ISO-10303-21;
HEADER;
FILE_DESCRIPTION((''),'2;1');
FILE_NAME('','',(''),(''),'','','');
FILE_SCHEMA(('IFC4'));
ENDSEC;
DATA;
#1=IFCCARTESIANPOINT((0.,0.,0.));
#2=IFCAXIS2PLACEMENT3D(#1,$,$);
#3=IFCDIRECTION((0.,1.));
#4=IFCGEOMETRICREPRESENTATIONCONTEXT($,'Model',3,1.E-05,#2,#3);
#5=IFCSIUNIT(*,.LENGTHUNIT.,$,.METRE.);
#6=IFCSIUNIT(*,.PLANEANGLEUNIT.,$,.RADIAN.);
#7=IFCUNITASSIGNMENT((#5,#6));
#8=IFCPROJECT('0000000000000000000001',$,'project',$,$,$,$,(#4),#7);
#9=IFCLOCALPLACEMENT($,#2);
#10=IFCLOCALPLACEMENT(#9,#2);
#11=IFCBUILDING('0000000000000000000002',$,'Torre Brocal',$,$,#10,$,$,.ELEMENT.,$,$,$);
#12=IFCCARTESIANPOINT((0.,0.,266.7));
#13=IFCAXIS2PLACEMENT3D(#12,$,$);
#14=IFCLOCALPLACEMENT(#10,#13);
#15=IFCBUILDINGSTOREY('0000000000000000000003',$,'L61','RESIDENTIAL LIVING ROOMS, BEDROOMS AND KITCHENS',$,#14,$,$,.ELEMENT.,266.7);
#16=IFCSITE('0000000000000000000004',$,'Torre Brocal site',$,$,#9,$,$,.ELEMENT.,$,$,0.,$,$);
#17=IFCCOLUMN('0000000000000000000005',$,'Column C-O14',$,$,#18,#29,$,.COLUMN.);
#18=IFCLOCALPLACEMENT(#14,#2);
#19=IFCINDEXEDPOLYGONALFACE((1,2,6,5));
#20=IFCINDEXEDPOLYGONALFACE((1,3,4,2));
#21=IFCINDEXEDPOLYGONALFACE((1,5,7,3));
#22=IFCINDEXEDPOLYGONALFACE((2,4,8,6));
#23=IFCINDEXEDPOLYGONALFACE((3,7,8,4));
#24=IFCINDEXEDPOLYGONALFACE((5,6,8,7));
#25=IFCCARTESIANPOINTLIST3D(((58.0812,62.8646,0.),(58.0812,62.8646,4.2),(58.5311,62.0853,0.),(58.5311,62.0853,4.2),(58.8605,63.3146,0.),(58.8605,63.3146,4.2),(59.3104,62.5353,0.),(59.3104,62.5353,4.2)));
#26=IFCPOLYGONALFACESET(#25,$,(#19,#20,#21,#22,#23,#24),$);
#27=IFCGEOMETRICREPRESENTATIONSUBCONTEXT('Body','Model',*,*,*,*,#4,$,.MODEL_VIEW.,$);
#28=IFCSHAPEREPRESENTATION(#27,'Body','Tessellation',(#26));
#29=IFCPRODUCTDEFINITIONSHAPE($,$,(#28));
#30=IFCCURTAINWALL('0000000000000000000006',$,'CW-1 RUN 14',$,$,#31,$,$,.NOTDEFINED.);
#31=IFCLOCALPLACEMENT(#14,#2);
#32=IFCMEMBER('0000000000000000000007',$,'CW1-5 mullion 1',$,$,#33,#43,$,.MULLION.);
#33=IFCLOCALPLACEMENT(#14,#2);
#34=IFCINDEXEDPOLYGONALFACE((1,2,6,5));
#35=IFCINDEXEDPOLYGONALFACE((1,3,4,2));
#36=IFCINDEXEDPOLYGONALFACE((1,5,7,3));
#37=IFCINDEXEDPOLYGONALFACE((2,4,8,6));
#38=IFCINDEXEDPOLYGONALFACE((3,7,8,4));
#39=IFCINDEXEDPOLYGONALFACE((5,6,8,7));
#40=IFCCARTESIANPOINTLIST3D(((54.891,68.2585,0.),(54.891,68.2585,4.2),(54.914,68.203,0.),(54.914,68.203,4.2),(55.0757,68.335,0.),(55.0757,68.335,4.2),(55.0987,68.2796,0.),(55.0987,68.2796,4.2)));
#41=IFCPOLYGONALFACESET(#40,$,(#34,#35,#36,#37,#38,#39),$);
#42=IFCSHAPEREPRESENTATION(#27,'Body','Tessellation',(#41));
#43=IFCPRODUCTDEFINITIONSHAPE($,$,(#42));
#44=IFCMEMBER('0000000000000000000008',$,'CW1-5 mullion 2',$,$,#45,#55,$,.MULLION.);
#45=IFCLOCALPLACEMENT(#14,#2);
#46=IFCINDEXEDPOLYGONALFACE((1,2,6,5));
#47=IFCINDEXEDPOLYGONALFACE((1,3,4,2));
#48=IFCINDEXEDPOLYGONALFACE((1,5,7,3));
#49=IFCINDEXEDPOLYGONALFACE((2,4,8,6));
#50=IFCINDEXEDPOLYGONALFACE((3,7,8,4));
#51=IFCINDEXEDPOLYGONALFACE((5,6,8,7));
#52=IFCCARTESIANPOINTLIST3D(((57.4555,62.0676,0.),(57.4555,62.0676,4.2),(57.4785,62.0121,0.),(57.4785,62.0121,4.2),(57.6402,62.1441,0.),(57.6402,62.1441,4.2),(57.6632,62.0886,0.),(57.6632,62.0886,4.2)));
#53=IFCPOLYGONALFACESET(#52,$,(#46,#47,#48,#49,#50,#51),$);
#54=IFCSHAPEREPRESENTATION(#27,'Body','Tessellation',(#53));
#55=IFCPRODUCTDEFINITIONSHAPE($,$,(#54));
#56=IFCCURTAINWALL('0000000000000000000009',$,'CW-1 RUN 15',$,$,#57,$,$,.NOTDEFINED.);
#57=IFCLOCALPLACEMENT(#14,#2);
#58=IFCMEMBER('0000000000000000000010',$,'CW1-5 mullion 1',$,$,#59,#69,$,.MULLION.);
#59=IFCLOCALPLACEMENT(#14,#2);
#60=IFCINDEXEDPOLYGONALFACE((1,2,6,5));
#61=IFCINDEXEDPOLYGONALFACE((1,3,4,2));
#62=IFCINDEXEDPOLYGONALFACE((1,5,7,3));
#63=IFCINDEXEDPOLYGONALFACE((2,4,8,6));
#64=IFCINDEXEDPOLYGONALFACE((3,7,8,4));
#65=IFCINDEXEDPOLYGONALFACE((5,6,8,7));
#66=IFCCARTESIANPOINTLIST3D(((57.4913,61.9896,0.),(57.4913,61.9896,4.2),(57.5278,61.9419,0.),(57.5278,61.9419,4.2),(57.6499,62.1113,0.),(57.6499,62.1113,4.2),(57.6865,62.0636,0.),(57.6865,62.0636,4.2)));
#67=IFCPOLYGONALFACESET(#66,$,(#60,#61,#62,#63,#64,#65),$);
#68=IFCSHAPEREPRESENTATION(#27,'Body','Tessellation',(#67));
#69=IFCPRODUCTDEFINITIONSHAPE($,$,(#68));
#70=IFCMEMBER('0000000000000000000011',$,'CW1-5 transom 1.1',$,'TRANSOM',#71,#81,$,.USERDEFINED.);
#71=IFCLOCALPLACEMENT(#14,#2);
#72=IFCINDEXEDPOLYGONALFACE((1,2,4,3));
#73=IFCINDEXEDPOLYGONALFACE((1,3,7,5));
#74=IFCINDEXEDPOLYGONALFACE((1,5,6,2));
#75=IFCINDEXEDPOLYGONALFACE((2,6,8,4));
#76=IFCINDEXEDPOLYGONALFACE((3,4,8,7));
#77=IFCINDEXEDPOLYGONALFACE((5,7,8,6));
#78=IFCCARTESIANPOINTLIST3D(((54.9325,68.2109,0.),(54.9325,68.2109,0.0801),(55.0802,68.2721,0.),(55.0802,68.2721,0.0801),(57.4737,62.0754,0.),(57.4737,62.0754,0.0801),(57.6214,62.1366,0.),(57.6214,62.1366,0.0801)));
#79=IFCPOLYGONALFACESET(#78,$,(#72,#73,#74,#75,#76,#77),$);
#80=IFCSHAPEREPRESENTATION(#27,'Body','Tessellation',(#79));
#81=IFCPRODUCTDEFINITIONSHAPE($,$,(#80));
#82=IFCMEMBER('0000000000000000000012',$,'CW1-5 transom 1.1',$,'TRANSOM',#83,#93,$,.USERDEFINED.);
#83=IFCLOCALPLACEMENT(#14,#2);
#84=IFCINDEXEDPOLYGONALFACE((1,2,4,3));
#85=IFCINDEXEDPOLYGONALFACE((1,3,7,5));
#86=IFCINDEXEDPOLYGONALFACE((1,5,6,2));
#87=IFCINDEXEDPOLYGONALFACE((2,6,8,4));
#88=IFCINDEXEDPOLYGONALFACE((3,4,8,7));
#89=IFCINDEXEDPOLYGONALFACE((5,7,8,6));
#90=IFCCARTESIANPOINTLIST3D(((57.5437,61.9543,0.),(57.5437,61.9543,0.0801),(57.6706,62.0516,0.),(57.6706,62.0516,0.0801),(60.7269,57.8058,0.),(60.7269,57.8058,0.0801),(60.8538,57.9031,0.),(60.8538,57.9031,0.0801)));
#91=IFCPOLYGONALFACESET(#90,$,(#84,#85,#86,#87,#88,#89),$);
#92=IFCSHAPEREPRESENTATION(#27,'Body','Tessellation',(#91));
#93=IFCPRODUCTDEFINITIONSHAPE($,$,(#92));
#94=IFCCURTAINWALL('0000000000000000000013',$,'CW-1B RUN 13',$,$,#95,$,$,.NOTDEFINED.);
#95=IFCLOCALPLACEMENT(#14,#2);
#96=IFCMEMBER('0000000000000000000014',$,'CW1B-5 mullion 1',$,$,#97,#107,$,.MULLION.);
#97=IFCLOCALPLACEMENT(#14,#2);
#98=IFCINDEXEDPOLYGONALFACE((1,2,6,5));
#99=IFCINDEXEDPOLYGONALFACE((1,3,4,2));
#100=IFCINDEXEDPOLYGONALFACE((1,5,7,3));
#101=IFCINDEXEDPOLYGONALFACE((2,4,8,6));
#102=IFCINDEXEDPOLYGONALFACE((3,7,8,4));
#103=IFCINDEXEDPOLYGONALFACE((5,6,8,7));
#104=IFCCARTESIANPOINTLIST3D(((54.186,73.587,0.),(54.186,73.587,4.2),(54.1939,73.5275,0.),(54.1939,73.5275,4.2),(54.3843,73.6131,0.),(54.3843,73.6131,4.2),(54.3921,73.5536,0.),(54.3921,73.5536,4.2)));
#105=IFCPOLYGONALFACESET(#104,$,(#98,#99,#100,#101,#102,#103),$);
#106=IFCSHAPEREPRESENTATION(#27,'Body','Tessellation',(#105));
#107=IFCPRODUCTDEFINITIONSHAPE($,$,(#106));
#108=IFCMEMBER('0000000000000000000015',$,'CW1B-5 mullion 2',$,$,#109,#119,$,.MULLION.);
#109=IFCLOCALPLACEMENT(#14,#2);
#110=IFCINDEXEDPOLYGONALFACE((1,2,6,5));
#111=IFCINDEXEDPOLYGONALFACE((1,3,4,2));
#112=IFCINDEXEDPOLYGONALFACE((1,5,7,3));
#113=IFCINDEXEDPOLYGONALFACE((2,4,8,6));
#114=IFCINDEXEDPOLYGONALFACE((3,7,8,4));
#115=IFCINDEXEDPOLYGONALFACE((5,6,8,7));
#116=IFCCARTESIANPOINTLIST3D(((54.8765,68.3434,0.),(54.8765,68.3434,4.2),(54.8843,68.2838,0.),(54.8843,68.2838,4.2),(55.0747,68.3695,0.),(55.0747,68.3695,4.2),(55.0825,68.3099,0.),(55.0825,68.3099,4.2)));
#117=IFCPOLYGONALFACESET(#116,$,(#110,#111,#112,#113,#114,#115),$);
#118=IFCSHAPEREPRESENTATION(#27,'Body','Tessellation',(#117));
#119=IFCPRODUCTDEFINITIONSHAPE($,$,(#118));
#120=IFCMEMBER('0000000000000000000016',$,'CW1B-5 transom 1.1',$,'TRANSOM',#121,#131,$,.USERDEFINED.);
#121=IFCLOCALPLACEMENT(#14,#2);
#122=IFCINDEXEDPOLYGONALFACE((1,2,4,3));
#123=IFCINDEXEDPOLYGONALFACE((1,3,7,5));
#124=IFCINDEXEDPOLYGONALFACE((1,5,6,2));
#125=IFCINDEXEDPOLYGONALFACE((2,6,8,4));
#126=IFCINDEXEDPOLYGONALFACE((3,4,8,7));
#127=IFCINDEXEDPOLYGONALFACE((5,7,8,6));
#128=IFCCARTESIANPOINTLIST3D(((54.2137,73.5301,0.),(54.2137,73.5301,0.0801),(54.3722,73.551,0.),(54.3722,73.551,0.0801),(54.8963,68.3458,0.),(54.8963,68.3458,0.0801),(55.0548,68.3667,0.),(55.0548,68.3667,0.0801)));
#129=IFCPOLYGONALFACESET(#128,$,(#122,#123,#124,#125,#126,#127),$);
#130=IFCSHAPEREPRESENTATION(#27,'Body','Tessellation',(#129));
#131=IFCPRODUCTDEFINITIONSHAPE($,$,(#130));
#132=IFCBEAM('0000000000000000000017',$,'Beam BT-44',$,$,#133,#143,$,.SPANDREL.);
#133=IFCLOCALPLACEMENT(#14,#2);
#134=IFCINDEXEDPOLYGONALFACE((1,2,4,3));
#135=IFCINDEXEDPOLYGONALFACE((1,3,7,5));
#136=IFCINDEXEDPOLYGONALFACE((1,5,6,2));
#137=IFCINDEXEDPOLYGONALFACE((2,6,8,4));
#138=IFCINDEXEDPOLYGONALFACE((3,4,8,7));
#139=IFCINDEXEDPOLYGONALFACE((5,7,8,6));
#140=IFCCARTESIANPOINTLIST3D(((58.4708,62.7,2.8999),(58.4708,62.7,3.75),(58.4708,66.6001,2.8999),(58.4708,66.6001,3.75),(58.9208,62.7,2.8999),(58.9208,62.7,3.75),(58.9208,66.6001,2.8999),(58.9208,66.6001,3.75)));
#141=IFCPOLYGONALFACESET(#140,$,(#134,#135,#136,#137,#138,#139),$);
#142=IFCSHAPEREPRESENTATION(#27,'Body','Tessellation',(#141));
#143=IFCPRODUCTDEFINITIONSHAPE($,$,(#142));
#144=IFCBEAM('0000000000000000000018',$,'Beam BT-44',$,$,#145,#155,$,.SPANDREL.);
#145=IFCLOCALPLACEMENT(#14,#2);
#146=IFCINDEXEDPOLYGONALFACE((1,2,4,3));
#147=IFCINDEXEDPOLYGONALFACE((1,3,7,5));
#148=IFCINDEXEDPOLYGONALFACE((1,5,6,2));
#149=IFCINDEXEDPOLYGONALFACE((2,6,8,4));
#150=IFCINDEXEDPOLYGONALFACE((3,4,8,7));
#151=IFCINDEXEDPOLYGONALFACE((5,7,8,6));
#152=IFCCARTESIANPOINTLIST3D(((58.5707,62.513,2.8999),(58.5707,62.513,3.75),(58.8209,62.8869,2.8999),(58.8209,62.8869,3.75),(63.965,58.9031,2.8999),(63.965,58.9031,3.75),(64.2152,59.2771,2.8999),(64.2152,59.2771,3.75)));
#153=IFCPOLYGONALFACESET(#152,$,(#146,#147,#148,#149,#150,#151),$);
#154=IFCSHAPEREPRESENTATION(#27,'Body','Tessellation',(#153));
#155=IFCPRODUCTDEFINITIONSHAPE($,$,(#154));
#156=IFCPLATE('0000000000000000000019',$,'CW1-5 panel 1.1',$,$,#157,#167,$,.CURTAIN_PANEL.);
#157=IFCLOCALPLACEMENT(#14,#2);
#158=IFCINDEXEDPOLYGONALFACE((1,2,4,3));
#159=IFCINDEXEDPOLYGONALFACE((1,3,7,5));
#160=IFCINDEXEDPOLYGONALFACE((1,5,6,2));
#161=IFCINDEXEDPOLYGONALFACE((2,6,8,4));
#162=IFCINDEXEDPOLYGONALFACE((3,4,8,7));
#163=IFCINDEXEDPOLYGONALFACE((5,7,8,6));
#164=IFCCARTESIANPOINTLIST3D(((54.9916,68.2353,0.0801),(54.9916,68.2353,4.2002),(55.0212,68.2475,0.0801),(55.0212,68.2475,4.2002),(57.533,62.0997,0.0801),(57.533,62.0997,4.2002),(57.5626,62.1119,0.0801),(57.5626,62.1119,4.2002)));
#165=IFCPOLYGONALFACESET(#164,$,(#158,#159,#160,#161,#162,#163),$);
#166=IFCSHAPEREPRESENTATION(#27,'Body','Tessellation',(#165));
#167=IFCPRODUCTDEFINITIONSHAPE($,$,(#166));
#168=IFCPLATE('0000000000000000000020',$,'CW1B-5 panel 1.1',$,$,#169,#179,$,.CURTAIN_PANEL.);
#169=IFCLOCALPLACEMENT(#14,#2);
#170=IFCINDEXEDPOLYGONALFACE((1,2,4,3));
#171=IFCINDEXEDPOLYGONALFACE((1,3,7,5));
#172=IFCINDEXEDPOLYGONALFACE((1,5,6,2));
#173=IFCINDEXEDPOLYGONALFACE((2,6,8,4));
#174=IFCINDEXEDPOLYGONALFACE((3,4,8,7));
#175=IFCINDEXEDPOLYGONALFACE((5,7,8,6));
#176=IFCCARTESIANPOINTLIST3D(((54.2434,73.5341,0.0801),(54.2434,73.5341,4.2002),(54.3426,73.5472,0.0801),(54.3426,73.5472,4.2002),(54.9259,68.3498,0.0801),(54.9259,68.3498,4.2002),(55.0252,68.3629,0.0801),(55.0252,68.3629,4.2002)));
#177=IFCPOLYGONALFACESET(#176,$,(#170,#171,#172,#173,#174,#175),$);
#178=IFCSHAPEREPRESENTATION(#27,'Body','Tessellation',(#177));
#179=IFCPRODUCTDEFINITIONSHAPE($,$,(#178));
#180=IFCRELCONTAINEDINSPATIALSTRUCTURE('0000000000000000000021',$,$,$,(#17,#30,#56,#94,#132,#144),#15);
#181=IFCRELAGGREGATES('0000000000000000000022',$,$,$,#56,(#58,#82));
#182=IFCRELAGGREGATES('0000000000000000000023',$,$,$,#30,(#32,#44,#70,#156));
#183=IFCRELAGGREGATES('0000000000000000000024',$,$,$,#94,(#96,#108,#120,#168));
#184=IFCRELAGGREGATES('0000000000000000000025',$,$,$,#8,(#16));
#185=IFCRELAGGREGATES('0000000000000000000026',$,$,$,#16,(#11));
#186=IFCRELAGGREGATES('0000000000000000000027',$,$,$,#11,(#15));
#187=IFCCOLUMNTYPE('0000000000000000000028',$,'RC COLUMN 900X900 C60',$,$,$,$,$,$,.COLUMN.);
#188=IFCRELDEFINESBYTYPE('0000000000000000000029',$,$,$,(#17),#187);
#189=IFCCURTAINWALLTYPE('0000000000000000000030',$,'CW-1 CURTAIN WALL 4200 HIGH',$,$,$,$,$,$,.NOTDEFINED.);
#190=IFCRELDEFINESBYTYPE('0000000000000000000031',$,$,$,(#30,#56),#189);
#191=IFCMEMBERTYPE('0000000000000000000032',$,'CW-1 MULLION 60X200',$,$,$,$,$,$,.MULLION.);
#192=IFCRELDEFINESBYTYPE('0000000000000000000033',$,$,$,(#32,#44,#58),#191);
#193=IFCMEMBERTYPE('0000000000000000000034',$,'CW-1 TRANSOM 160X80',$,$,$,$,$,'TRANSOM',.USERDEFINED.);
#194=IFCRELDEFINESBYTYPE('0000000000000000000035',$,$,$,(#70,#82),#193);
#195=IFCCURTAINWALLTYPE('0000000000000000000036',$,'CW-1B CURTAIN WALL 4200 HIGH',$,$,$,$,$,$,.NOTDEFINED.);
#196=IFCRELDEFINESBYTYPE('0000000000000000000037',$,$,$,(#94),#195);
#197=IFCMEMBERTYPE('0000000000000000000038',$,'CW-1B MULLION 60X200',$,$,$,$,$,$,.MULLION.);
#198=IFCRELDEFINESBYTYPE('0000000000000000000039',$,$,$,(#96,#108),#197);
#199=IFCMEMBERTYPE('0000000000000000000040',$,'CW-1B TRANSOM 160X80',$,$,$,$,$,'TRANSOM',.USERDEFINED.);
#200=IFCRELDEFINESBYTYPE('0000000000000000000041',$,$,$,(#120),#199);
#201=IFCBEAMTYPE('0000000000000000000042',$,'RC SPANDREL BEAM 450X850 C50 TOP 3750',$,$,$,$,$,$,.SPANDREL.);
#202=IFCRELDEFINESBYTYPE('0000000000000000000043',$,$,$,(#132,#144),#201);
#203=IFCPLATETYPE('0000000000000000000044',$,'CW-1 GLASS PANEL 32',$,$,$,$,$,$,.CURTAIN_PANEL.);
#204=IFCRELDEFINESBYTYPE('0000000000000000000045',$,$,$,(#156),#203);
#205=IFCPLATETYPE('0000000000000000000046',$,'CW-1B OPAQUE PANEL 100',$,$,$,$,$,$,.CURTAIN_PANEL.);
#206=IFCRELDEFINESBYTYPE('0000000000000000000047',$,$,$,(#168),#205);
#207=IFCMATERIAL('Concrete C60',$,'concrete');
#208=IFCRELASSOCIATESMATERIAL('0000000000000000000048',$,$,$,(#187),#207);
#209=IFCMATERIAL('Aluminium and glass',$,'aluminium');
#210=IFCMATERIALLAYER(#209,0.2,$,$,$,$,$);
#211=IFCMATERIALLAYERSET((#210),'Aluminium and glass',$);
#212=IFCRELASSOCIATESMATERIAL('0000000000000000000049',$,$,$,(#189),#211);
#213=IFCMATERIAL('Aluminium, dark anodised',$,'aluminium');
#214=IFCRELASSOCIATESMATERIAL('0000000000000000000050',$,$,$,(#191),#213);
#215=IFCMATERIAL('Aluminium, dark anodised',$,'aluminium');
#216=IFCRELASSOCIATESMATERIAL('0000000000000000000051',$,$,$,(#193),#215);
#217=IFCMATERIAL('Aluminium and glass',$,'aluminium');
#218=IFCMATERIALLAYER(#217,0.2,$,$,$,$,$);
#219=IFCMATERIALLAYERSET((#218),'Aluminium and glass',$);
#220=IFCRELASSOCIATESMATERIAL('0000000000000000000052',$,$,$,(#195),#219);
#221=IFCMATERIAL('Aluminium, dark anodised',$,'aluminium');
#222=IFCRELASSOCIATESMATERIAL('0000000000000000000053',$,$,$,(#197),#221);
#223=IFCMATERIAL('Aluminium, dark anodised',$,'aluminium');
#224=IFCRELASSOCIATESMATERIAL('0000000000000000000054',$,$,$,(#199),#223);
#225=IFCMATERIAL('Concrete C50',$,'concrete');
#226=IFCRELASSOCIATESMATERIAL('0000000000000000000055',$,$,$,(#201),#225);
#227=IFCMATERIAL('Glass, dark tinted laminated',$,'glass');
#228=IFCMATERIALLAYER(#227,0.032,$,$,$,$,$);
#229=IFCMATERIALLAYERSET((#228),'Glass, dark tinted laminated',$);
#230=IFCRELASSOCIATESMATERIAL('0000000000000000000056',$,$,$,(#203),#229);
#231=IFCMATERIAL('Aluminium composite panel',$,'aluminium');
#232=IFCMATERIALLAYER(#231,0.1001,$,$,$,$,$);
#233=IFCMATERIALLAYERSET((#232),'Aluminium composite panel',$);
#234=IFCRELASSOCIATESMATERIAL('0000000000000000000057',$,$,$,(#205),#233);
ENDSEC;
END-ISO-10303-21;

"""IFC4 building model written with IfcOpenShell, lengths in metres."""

from ifc_helpers import new_model, si_unit, direction, frame, origin, origin_2d, place, context, subcontext, project, spatial, rectangle, extrude, material, layer, layer_set, material_profile, profile_set, type_object, element, aggregate, save


model = new_model("IFC4")

# Units and contexts
model_context = context("Model", 3, precision=1e-05, world=origin(), true_north=direction((0.0, 1.0)))
body_context = subcontext(model_context, "Body", "Model", "MODEL_VIEW")
ifc_project = project(units=[si_unit("LENGTHUNIT", "METRE"), si_unit("PLANEANGLEUNIT", "RADIAN")], contexts=[model_context])

# Site, building, storey
site_placement = place(None, origin())
site = spatial("IfcSite", under=ifc_project, at=site_placement, Name="Torre Brocal site", CompositionType="ELEMENT", RefElevation=0.0)
building_placement = place(site_placement, origin())
building = spatial("IfcBuilding", under=site, at=building_placement, Name="Torre Brocal", CompositionType="ELEMENT")
storey_placement = place(building_placement, frame((0.0, 0.0, 266.7)))
storey = spatial("IfcBuildingStorey", under=building, at=storey_placement, Name="L61", Description="RESIDENTIAL LIVING ROOMS, BEDROOMS AND KITCHENS", CompositionType="ELEMENT", Elevation=266.7)

# Column
ifc_material_1 = material(Name="Concrete C60", Category="concrete")
ifc_material_profile_1 = material_profile(ifc_material_1, rectangle(XDim=0.8999, YDim=0.8999, at=origin_2d()), Name="RC 900X900")
ifc_profile_set_1 = profile_set([ifc_material_profile_1], Name="Concrete C60")
column_type = type_object("IfcColumnType", Name="RC COLUMN 900X900 C60", PredefinedType="COLUMN", material=ifc_profile_set_1)
column_placement = place(storey_placement, frame((58.6958, 62.7, 0.0), z_axis=(0.0, 0.0, 1.0), x_axis=(-0.866025, -0.5, 0.0)))
element("IfcColumn", 1, at=column_placement, inside=storey, type_object=column_type, Name="Column C-O14", PredefinedType="COLUMN", context=body_context, shape_type="SweptSolid", body=[
    extrude(rectangle(XDim=0.8999, YDim=0.8999, at=origin_2d()), origin(), (0.0, 0.0, 1.0), 4.2),
])

# Curtain wall, members
ifc_material_2 = material(Name="Aluminium and glass", Category="aluminium")
ifc_layer_1 = layer(ifc_material_2, 0.2)
ifc_layer_set_1 = layer_set([ifc_layer_1], Name="Aluminium and glass")
curtain_wall_type_1 = type_object("IfcCurtainWallType", Name="CW-1 CURTAIN WALL 4200 HIGH", PredefinedType="NOTDEFINED", material=ifc_layer_set_1)
curtain_wall_1_placement = place(storey_placement, origin())
curtain_wall_1 = element("IfcCurtainWall", 2, at=curtain_wall_1_placement, inside=storey, type_object=curtain_wall_type_1, Name="CW-1 RUN 14", PredefinedType="NOTDEFINED")
ifc_material_3 = material(Name="Aluminium, dark anodised", Category="aluminium")
ifc_material_profile_2 = material_profile(ifc_material_3, rectangle(XDim=0.2, YDim=0.0601, at=origin_2d()), Name="CW-1 MULLION 60X200")
ifc_profile_set_2 = profile_set([ifc_material_profile_2], Name="Aluminium, dark anodised")
member_type_1 = type_object("IfcMemberType", Name="CW-1 MULLION 60X200", PredefinedType="MULLION", material=ifc_profile_set_2)
member_1_placement = place(storey_placement, frame((54.9949, 68.269, 0.0), z_axis=(0.0, 0.0, 1.0), x_axis=(0.92388, 0.382683, 0.0)))
member_1 = element("IfcMember", 3, at=member_1_placement, type_object=member_type_1, Name="CW1-5 mullion 1", PredefinedType="MULLION", context=body_context, shape_type="SweptSolid", body=[
    extrude(rectangle(XDim=0.2, YDim=0.0601, at=origin_2d()), origin(), (0.0, 0.0, 1.0), 4.2),
])
member_2_placement = place(storey_placement, frame((57.5593, 62.0781, 0.0), z_axis=(0.0, 0.0, 1.0), x_axis=(0.92388, 0.382683, 0.0)))
member_2 = element("IfcMember", 4, at=member_2_placement, type_object=member_type_1, Name="CW1-5 mullion 2", PredefinedType="MULLION", context=body_context, shape_type="SweptSolid", body=[
    extrude(rectangle(XDim=0.2, YDim=0.0601, at=origin_2d()), origin(), (0.0, 0.0, 1.0), 4.2),
])

# Curtain wall, member
curtain_wall_2_placement = place(storey_placement, origin())
curtain_wall_2 = element("IfcCurtainWall", 5, at=curtain_wall_2_placement, inside=storey, type_object=curtain_wall_type_1, Name="CW-1 RUN 15", PredefinedType="NOTDEFINED")
member_3_placement = place(storey_placement, frame((57.5889, 62.0266, 0.0), z_axis=(0.0, 0.0, 1.0), x_axis=(0.793353, 0.608761, 0.0)))
member_3 = element("IfcMember", 6, at=member_3_placement, type_object=member_type_1, Name="CW1-5 mullion 1", PredefinedType="MULLION", context=body_context, shape_type="SweptSolid", body=[
    extrude(rectangle(XDim=0.2, YDim=0.0601, at=origin_2d()), origin(), (0.0, 0.0, 1.0), 4.2),
])

# Members
ifc_material_4 = material(Name="Aluminium, dark anodised", Category="aluminium")
ifc_material_profile_3 = material_profile(ifc_material_4, rectangle(XDim=0.1599, YDim=0.0801, at=origin_2d()), Name="CW-1 TRANSOM 160X80")
ifc_profile_set_3 = profile_set([ifc_material_profile_3], Name="Aluminium, dark anodised")
member_type_2 = type_object("IfcMemberType", Name="CW-1 TRANSOM 160X80", ElementType="TRANSOM", PredefinedType="USERDEFINED", material=ifc_profile_set_3)
member_4_placement = place(storey_placement, frame((55.0063, 68.2415, 0.04), z_axis=(0.382665, -0.923887, 0.0), x_axis=(0.923887, 0.382665, 0.0)))
member_4 = element("IfcMember", 7, at=member_4_placement, type_object=member_type_2, Name="CW1-5 transom 1.1", ObjectType="TRANSOM", PredefinedType="USERDEFINED", context=body_context, shape_type="SweptSolid", body=[
    extrude(rectangle(XDim=0.1599, YDim=0.0801, at=origin_2d()), origin(), (0.0, 0.0, 1.0), 6.6409),
])
member_5_placement = place(storey_placement, frame((57.6072, 62.0029, 0.04), z_axis=(0.608749, -0.793363, 0.0), x_axis=(0.793363, 0.608749, 0.0)))
member_5 = element("IfcMember", 8, at=member_5_placement, type_object=member_type_2, Name="CW1-5 transom 1.1", ObjectType="TRANSOM", PredefinedType="USERDEFINED", context=body_context, shape_type="SweptSolid", body=[
    extrude(rectangle(XDim=0.1599, YDim=0.0801, at=origin_2d()), origin(), (0.0, 0.0, 1.0), 5.229),
])
aggregate(curtain_wall_2, [member_3, member_5])

# Curtain wall, members
ifc_material_5 = material(Name="Aluminium and glass", Category="aluminium")
ifc_layer_2 = layer(ifc_material_5, 0.2)
ifc_layer_set_2 = layer_set([ifc_layer_2], Name="Aluminium and glass")
curtain_wall_type_2 = type_object("IfcCurtainWallType", Name="CW-1B CURTAIN WALL 4200 HIGH", PredefinedType="NOTDEFINED", material=ifc_layer_set_2)
curtain_wall_3_placement = place(storey_placement, origin())
curtain_wall_3 = element("IfcCurtainWall", 9, at=curtain_wall_3_placement, inside=storey, type_object=curtain_wall_type_2, Name="CW-1B RUN 13", PredefinedType="NOTDEFINED")
ifc_material_6 = material(Name="Aluminium, dark anodised", Category="aluminium")
ifc_material_profile_4 = material_profile(ifc_material_6, rectangle(XDim=0.2, YDim=0.0601, at=origin_2d()), Name="CW-1B MULLION 60X200")
ifc_profile_set_4 = profile_set([ifc_material_profile_4], Name="Aluminium, dark anodised")
member_type_3 = type_object("IfcMemberType", Name="CW-1B MULLION 60X200", PredefinedType="MULLION", material=ifc_profile_set_4)
member_6_placement = place(storey_placement, frame((54.2891, 73.5703, 0.0), z_axis=(0.0, 0.0, 1.0), x_axis=(0.991445, 0.130526, 0.0)))
member_6 = element("IfcMember", 10, at=member_6_placement, type_object=member_type_3, Name="CW1B-5 mullion 1", PredefinedType="MULLION", context=body_context, shape_type="SweptSolid", body=[
    extrude(rectangle(XDim=0.2, YDim=0.0601, at=origin_2d()), origin(), (0.0, 0.0, 1.0), 4.2),
])
member_7_placement = place(storey_placement, frame((54.9795, 68.3267, 0.0), z_axis=(0.0, 0.0, 1.0), x_axis=(0.991445, 0.130526, 0.0)))
member_7 = element("IfcMember", 11, at=member_7_placement, type_object=member_type_3, Name="CW1B-5 mullion 2", PredefinedType="MULLION", context=body_context, shape_type="SweptSolid", body=[
    extrude(rectangle(XDim=0.2, YDim=0.0601, at=origin_2d()), origin(), (0.0, 0.0, 1.0), 4.2),
])
ifc_material_7 = material(Name="Aluminium, dark anodised", Category="aluminium")
ifc_material_profile_5 = material_profile(ifc_material_7, rectangle(XDim=0.1599, YDim=0.0801, at=origin_2d()), Name="CW-1B TRANSOM 160X80")
ifc_profile_set_5 = profile_set([ifc_material_profile_5], Name="Aluminium, dark anodised")
member_type_4 = type_object("IfcMemberType", Name="CW-1B TRANSOM 160X80", ElementType="TRANSOM", PredefinedType="USERDEFINED", material=ifc_profile_set_5)
member_8_placement = place(storey_placement, frame((54.293, 73.5405, 0.04), z_axis=(0.130543, -0.991443, 0.0), x_axis=(0.991443, 0.130543, 0.0)))
member_8 = element("IfcMember", 12, at=member_8_placement, type_object=member_type_4, Name="CW1B-5 transom 1.1", ObjectType="TRANSOM", PredefinedType="USERDEFINED", context=body_context, shape_type="SweptSolid", body=[
    extrude(rectangle(XDim=0.1599, YDim=0.0801, at=origin_2d()), origin(), (0.0, 0.0, 1.0), 5.229),
])

# Beams
ifc_material_8 = material(Name="Concrete C50", Category="concrete")
ifc_material_profile_6 = material_profile(ifc_material_8, rectangle(XDim=0.45, YDim=0.8501, at=origin_2d()), Name="RC 450X850")
ifc_profile_set_6 = profile_set([ifc_material_profile_6], Name="Concrete C50")
beam_type = type_object("IfcBeamType", Name="RC SPANDREL BEAM 450X850 C50 TOP 3750", PredefinedType="SPANDREL", material=ifc_profile_set_6)
beam_1_placement = place(storey_placement, frame((58.6958, 62.7, 3.325), z_axis=(0.0, 1.0, 0.0), x_axis=(-1.0, 0.0, 0.0)))
element("IfcBeam", 13, at=beam_1_placement, inside=storey, type_object=beam_type, Name="Beam BT-44", PredefinedType="SPANDREL", context=body_context, shape_type="SweptSolid", body=[
    extrude(rectangle(XDim=0.45, YDim=0.8501, at=origin_2d()), origin(), (0.0, 0.0, 1.0), 3.9001),
])
beam_2_placement = place(storey_placement, frame((58.6958, 62.7, 3.325), z_axis=(0.831077, -0.556158, 0.0), x_axis=(0.556158, 0.831077, 0.0)))
element("IfcBeam", 14, at=beam_2_placement, inside=storey, type_object=beam_type, Name="Beam BT-44", PredefinedType="SPANDREL", context=body_context, shape_type="SweptSolid", body=[
    extrude(rectangle(XDim=0.45, YDim=0.8501, at=origin_2d()), origin(), (0.0, 0.0, 1.0), 6.4907),
])

# Plates
ifc_material_9 = material(Name="Glass, dark tinted laminated", Category="glass")
ifc_layer_3 = layer(ifc_material_9, 0.032)
ifc_layer_set_3 = layer_set([ifc_layer_3], Name="Glass, dark tinted laminated")
plate_type_1 = type_object("IfcPlateType", Name="CW-1 GLASS PANEL 32", PredefinedType="CURTAIN_PANEL", material=ifc_layer_set_3)
plate_1_placement = place(storey_placement, frame((56.2771, 65.1736, 0.0801), z_axis=(0.0, 0.0, 1.0), x_axis=(0.382683, -0.92388, 0.0)))
plate_1 = element("IfcPlate", 15, at=plate_1_placement, type_object=plate_type_1, Name="CW1-5 panel 1.1", PredefinedType="CURTAIN_PANEL", context=body_context, shape_type="SweptSolid", body=[
    extrude(rectangle(XDim=6.6411, YDim=0.032, at=origin_2d()), origin(), (0.0, 0.0, 1.0), 4.1201),
])
aggregate(curtain_wall_1, [member_1, member_2, member_4, plate_1])
ifc_material_10 = material(Name="Aluminium composite panel", Category="aluminium")
ifc_layer_4 = layer(ifc_material_10, 0.1001)
ifc_layer_set_4 = layer_set([ifc_layer_4], Name="Aluminium composite panel")
plate_type_2 = type_object("IfcPlateType", Name="CW-1B OPAQUE PANEL 100", PredefinedType="CURTAIN_PANEL", material=ifc_layer_set_4)
plate_2_placement = place(storey_placement, frame((54.6343, 70.9485, 0.0801), z_axis=(0.0, 0.0, 1.0), x_axis=(0.130526, -0.991445, 0.0)))
plate_2 = element("IfcPlate", 16, at=plate_2_placement, type_object=plate_type_2, Name="CW1B-5 panel 1.1", PredefinedType="CURTAIN_PANEL", context=body_context, shape_type="SweptSolid", body=[
    extrude(rectangle(XDim=5.229, YDim=0.1001, at=origin_2d()), origin(), (0.0, 0.0, 1.0), 4.1201),
])
aggregate(curtain_wall_3, [member_6, member_7, member_8, plate_2])

save(model, "model.ifc")
